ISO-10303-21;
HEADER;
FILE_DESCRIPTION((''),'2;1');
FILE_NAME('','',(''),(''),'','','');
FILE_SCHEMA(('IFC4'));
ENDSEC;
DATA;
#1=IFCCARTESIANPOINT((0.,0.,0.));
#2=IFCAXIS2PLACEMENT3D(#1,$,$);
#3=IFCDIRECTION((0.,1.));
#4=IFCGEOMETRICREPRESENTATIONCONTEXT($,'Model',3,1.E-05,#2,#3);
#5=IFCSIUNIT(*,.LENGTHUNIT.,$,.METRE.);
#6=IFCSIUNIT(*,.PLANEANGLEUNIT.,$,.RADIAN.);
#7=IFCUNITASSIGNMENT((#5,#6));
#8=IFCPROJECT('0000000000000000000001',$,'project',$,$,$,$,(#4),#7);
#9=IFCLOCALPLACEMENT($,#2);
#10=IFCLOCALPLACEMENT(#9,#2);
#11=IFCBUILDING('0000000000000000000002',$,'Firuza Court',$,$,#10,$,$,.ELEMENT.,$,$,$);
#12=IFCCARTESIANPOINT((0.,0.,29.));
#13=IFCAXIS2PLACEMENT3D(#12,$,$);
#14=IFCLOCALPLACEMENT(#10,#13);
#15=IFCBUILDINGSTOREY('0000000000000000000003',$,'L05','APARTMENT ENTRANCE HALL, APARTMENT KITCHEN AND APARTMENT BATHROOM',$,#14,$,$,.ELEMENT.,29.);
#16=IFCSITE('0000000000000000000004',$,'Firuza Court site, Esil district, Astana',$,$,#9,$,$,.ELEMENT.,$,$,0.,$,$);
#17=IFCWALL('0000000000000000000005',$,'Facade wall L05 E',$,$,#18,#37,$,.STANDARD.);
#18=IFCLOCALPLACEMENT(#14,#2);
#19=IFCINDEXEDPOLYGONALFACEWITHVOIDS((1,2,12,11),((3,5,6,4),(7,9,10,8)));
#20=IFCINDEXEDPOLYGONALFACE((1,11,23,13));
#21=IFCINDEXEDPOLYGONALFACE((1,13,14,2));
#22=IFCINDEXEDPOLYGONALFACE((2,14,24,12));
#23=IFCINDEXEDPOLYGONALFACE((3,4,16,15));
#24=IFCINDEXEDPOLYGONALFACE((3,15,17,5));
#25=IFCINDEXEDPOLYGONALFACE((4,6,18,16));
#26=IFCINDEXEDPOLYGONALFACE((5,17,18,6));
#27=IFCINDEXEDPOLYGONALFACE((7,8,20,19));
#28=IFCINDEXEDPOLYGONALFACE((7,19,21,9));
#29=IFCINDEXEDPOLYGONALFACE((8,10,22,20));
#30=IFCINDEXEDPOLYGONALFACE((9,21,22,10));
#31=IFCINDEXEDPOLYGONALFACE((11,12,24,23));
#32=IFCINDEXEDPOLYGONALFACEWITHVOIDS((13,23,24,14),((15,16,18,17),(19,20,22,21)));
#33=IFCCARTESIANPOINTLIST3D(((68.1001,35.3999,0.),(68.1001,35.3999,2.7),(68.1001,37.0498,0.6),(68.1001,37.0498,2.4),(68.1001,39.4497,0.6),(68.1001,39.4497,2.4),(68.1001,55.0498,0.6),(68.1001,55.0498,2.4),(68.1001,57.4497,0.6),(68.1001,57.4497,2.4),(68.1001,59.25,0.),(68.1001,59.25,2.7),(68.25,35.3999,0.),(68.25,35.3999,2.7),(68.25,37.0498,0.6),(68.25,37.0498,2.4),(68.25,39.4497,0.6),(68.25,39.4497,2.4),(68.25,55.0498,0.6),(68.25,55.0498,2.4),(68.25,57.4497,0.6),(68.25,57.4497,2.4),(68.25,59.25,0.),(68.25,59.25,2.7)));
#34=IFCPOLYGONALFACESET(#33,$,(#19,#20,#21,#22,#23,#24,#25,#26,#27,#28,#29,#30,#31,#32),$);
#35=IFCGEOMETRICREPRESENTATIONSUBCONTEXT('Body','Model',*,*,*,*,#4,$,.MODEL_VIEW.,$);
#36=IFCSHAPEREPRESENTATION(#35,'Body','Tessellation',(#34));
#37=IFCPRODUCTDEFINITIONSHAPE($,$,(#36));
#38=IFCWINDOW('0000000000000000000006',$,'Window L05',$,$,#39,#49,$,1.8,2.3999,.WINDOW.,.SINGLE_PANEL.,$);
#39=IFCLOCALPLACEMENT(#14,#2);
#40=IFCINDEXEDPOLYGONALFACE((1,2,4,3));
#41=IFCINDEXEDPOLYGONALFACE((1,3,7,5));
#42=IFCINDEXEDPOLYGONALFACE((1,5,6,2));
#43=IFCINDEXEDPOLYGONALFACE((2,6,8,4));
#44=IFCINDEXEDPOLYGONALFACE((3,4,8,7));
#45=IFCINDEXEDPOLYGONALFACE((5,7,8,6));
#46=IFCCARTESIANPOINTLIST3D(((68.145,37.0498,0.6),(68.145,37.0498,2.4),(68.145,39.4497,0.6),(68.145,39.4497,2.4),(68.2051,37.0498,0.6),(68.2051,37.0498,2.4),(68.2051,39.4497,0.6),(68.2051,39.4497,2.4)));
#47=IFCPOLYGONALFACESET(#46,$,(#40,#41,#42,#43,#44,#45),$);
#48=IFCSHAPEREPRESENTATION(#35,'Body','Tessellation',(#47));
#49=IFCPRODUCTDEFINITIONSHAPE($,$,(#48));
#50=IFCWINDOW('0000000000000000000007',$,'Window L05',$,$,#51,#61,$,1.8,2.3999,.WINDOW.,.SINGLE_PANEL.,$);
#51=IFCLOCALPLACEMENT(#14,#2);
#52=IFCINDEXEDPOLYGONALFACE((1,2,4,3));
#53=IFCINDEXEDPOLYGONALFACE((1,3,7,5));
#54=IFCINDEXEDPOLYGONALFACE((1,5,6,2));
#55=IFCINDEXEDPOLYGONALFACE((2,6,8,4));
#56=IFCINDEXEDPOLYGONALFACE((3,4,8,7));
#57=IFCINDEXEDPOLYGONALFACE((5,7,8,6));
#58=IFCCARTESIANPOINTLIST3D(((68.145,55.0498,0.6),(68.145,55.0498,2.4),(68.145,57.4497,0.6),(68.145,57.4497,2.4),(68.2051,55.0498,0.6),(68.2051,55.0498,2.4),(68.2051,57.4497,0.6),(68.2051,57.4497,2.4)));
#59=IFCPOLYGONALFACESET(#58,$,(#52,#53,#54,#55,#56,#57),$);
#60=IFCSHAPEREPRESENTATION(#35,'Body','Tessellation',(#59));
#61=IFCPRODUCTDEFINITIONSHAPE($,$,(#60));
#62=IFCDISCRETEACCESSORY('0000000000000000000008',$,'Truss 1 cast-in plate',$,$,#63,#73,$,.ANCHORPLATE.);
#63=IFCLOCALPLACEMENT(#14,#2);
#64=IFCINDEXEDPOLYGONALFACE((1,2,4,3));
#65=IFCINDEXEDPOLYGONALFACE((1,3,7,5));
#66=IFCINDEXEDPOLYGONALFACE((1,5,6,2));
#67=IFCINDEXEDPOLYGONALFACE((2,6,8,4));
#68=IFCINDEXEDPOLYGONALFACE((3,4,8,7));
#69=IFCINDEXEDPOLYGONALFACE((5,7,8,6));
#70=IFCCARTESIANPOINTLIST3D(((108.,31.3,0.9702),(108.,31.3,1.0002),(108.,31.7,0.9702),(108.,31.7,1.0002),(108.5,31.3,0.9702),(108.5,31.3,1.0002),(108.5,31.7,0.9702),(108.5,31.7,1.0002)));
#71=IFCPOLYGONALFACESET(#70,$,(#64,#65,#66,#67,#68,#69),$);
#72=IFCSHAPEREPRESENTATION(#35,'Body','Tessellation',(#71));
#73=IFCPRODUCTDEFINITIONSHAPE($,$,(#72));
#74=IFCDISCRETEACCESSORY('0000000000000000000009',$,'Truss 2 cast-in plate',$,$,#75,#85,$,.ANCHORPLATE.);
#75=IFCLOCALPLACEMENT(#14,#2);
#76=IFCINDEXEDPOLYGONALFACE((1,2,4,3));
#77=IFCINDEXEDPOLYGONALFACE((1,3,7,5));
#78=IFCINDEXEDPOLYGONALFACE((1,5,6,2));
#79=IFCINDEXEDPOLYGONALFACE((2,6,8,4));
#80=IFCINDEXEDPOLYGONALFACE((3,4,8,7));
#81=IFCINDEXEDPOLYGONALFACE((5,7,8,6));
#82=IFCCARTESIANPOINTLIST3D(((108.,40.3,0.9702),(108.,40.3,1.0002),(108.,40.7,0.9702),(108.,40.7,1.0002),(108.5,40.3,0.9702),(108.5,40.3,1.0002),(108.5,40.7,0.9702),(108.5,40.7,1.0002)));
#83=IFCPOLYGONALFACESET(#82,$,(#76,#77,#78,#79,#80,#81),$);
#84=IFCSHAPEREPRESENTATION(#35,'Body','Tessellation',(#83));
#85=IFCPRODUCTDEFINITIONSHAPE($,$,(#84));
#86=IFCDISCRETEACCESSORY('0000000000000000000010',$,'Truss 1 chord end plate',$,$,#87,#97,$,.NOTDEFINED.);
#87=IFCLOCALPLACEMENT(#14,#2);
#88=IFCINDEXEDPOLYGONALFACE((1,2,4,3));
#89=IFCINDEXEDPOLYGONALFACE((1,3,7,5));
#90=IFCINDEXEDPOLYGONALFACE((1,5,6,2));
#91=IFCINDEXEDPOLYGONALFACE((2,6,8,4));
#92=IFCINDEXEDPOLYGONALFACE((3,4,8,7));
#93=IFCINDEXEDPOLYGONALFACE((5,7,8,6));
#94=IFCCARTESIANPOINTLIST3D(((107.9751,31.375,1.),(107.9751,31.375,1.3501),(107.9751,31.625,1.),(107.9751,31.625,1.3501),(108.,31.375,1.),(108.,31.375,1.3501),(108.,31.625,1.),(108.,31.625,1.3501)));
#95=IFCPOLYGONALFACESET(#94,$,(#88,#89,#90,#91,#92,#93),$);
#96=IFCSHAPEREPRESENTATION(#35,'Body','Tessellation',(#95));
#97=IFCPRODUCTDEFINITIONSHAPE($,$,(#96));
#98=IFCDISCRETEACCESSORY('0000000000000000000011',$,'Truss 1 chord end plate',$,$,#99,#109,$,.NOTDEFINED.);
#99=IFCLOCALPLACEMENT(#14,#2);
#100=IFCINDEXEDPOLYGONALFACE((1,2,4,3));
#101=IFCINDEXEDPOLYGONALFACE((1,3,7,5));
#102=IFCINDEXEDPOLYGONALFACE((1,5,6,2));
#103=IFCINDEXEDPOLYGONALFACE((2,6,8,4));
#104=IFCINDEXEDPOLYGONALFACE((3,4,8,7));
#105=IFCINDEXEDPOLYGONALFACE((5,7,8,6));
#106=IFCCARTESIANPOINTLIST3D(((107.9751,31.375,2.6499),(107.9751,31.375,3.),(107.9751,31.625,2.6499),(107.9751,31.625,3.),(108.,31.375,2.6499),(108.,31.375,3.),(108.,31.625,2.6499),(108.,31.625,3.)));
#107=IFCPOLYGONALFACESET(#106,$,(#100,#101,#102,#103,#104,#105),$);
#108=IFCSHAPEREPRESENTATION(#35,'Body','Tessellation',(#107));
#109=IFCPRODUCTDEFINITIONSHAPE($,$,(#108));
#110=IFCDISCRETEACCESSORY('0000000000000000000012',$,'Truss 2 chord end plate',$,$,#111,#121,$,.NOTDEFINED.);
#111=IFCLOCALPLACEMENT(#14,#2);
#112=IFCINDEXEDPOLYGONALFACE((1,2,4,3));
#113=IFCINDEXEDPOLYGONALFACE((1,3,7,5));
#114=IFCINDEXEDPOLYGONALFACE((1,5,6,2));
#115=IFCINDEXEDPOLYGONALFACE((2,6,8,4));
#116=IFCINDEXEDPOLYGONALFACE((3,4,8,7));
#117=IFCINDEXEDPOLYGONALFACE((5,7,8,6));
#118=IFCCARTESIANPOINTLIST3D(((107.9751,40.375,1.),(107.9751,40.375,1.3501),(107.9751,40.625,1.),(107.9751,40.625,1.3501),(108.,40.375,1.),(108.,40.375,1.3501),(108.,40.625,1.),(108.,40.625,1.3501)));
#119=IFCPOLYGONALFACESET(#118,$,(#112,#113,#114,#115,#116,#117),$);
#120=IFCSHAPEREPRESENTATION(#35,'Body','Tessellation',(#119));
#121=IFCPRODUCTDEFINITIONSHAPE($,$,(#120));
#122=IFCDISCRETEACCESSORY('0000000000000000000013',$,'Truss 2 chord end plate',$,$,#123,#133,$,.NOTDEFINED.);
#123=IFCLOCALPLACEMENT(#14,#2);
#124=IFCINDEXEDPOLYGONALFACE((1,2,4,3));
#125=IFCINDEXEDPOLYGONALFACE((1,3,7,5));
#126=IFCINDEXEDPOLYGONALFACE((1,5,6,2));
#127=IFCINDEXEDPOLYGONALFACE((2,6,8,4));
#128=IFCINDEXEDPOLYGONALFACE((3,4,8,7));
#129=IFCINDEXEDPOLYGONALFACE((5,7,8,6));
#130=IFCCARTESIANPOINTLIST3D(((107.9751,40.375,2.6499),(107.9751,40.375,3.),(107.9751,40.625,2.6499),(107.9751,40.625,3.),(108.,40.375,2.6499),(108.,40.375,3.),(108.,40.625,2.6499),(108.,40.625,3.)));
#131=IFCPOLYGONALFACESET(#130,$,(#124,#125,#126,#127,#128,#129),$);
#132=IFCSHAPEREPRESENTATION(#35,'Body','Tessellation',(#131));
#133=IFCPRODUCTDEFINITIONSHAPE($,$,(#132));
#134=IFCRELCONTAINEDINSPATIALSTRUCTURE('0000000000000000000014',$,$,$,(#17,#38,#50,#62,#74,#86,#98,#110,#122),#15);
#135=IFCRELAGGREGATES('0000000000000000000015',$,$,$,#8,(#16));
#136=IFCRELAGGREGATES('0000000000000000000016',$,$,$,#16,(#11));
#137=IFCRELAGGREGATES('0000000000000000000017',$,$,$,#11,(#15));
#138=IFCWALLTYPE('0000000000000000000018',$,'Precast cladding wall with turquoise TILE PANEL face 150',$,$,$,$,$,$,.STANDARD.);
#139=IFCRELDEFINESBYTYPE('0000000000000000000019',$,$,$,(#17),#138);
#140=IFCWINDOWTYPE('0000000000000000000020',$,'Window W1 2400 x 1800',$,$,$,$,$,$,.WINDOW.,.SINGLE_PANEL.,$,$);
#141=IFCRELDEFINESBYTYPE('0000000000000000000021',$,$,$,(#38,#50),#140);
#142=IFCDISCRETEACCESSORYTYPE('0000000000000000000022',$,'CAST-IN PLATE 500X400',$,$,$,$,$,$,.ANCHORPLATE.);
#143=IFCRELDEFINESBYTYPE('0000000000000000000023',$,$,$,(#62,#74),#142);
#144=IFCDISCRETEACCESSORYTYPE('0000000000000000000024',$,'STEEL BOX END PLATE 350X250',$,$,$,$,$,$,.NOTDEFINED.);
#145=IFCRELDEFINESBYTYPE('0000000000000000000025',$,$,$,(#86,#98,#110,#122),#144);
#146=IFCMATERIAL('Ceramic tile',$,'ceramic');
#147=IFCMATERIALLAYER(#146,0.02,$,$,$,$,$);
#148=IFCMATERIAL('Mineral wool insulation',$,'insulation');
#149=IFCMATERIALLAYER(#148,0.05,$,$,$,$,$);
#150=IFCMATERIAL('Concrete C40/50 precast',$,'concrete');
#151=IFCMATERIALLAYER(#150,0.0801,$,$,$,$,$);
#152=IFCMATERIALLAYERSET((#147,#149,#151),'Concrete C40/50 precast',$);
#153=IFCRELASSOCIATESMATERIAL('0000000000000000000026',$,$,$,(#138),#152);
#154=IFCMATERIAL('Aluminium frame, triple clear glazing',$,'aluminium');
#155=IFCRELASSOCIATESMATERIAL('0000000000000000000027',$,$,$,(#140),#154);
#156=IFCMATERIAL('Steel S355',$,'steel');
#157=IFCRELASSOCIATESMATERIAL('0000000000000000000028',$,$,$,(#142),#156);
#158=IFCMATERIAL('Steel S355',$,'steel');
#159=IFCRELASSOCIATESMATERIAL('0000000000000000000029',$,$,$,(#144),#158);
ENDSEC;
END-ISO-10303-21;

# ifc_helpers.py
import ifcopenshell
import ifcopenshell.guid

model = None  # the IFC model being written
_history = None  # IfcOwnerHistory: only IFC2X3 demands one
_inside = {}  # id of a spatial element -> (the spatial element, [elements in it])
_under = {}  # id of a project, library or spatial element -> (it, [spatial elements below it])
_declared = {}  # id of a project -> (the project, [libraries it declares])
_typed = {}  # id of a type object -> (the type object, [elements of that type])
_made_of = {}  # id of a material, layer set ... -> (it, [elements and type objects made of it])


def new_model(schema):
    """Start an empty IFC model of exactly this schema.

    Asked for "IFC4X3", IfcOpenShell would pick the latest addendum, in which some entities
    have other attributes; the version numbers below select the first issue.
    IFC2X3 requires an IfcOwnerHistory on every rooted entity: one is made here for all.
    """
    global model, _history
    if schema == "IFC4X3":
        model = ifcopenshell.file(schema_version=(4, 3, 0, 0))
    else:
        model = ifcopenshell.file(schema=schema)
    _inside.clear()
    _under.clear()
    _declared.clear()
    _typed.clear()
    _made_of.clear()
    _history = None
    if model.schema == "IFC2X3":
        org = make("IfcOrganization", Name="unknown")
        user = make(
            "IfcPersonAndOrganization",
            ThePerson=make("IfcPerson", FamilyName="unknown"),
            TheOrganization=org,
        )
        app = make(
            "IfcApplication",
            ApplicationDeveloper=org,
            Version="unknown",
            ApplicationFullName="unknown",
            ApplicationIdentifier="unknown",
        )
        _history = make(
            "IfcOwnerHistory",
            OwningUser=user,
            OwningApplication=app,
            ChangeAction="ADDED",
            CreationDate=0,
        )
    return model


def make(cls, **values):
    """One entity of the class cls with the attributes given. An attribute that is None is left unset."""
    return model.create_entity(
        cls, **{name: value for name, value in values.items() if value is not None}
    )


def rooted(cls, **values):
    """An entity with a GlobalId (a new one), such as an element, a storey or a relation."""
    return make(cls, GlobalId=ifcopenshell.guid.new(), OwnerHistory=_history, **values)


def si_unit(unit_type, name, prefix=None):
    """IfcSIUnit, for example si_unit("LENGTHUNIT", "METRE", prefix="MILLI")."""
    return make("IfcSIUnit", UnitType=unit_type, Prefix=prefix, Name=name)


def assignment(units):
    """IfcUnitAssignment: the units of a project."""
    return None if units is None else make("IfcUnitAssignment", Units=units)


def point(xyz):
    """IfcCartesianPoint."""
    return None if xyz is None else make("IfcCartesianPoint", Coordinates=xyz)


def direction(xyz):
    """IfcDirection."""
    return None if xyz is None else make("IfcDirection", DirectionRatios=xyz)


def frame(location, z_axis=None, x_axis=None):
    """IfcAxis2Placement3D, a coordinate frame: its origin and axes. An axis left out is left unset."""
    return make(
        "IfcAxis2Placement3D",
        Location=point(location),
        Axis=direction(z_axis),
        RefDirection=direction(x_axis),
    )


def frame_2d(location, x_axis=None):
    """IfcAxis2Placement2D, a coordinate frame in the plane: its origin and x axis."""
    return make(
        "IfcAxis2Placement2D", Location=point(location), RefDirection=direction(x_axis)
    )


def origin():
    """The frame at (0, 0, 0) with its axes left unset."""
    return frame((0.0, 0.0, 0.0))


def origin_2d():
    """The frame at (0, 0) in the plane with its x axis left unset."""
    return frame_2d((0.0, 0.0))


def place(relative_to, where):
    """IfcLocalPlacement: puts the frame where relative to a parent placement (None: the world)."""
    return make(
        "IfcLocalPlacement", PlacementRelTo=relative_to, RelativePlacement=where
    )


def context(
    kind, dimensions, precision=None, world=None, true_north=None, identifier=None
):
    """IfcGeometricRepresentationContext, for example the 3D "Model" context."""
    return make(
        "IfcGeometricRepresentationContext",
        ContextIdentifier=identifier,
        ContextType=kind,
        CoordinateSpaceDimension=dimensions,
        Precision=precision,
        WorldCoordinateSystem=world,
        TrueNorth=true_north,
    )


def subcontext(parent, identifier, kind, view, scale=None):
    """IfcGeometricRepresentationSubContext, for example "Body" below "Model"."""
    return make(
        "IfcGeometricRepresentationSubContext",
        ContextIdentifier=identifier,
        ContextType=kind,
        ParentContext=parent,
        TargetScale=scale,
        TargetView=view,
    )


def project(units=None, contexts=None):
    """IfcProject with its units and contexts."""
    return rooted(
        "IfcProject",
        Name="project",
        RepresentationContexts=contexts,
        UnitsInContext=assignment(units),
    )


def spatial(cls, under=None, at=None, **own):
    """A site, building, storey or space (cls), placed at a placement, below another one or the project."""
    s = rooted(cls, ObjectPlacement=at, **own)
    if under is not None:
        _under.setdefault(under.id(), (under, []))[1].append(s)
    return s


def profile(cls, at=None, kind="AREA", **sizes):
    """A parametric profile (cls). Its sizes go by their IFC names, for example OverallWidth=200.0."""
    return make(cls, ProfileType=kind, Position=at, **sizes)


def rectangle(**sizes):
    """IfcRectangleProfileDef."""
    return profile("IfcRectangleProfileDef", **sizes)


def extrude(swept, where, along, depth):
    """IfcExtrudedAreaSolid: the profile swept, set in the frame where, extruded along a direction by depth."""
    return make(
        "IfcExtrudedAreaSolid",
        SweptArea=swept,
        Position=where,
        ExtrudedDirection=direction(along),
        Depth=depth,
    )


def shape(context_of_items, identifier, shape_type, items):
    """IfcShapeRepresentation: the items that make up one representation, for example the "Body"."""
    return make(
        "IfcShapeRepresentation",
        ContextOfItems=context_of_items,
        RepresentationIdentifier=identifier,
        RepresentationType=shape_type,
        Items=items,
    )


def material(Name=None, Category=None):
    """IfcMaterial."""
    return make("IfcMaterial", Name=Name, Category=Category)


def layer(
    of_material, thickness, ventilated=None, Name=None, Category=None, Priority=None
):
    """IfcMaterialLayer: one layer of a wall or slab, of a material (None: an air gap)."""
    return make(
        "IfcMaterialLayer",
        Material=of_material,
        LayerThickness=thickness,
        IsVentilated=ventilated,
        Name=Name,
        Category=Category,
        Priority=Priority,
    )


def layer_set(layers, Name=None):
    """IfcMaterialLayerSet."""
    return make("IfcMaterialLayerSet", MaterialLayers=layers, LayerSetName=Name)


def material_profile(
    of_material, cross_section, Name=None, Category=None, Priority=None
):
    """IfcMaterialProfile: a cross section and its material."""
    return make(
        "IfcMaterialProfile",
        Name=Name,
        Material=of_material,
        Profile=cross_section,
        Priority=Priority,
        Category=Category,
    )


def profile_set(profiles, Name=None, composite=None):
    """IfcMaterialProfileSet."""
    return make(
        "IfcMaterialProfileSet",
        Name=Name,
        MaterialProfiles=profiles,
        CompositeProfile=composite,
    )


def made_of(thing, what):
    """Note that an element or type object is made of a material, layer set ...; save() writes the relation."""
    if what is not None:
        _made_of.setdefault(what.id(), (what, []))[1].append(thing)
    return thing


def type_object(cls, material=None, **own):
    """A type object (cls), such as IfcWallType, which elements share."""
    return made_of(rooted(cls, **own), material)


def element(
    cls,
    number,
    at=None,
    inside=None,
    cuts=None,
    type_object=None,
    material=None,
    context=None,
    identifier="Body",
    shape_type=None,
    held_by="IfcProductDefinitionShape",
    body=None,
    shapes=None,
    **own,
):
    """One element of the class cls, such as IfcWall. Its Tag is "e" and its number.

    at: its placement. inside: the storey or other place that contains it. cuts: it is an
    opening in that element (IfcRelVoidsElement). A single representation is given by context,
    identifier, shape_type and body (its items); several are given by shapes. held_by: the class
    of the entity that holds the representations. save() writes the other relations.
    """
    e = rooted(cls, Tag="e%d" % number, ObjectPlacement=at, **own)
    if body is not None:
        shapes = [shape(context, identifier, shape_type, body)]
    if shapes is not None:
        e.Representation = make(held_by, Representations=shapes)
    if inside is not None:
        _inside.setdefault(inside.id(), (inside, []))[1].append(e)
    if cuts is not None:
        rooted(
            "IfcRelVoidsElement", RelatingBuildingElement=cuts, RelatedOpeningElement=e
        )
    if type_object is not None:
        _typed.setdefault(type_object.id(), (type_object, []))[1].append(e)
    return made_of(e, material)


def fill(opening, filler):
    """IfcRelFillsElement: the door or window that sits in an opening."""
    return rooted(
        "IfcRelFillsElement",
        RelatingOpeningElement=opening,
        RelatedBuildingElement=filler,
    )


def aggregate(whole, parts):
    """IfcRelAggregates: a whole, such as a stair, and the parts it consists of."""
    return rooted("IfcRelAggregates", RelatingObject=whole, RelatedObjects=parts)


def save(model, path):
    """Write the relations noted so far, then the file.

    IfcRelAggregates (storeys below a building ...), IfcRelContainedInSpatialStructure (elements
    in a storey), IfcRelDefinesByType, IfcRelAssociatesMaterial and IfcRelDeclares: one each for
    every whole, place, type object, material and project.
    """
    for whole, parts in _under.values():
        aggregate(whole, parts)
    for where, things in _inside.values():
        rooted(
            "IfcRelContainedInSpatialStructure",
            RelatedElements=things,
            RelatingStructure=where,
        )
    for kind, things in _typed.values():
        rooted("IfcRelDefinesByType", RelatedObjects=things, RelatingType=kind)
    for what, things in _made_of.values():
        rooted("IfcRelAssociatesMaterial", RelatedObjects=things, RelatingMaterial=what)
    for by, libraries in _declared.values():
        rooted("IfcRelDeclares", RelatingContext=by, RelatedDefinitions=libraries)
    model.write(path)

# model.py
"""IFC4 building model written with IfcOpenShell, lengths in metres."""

from ifc_helpers import new_model, si_unit, direction, frame, frame_2d, origin, origin_2d, place, context, subcontext, project, spatial, rectangle, extrude, material, layer, layer_set, material_profile, profile_set, type_object, element, fill, save


model = new_model("IFC4")

# Units and contexts
model_context = context("Model", 3, precision=1e-05, world=origin(), true_north=direction((0.0, 1.0)))
body_context = subcontext(model_context, "Body", "Model", "MODEL_VIEW")
ifc_project = project(units=[si_unit("LENGTHUNIT", "METRE"), si_unit("PLANEANGLEUNIT", "RADIAN")], contexts=[model_context])

# Site, building, storey
site_placement = place(None, origin())
site = spatial("IfcSite", under=ifc_project, at=site_placement, Name="Firuza Court site, Esil district, Astana", CompositionType="ELEMENT", RefElevation=0.0)
building_placement = place(site_placement, origin())
building = spatial("IfcBuilding", under=site, at=building_placement, Name="Firuza Court", CompositionType="ELEMENT")
storey_placement = place(building_placement, frame((0.0, 0.0, 29.0)))
storey = spatial("IfcBuildingStorey", under=building, at=storey_placement, Name="L05", Description="APARTMENT ENTRANCE HALL, APARTMENT KITCHEN AND APARTMENT BATHROOM", CompositionType="ELEMENT", Elevation=29.0)

# Wall, openings, windows
ifc_material_1 = material(Name="Ceramic tile", Category="ceramic")
ifc_layer_1 = layer(ifc_material_1, 0.02)
ifc_material_2 = material(Name="Mineral wool insulation", Category="insulation")
ifc_layer_2 = layer(ifc_material_2, 0.05)
ifc_material_3 = material(Name="Concrete C40/50 precast", Category="concrete")
ifc_layer_3 = layer(ifc_material_3, 0.0801)
ifc_layer_set = layer_set([ifc_layer_1, ifc_layer_2, ifc_layer_3], Name="Concrete C40/50 precast")
wall_type = type_object("IfcWallType", Name="Precast cladding wall with turquoise TILE PANEL face 150", PredefinedType="STANDARD", material=ifc_layer_set)
wall_placement = place(storey_placement, frame((68.175, 35.3999, 0.0), z_axis=(0.0, 0.0, 1.0), x_axis=(0.0, 1.0, 0.0)))
wall = element("IfcWall", 1, at=wall_placement, inside=storey, type_object=wall_type, Name="Facade wall L05 E", PredefinedType="STANDARD", context=body_context, shape_type="SweptSolid", body=[
    extrude(rectangle(XDim=23.8501, YDim=0.1499, at=frame_2d((11.925, 0.0))), origin(), (0.0, 0.0, 1.0), 2.7),
])
opening_1_placement = place(wall_placement, frame((1.6499, 0.0, 0.6001)))
opening_1 = element("IfcOpeningElement", 2, at=opening_1_placement, cuts=wall, PredefinedType="OPENING", context=body_context, shape_type="SweptSolid", body=[
    extrude(rectangle(XDim=2.3999, YDim=1.8, at=frame_2d((1.2, 0.8999))), frame((0.0, 0.0869, 0.0), z_axis=(0.0, -1.0, 0.0), x_axis=(1.0, 0.0, 0.0)), (0.0, 0.0, 1.0), 0.1738),
])
opening_2_placement = place(wall_placement, frame((19.6499, 0.0, 0.6001)))
opening_2 = element("IfcOpeningElement", 3, at=opening_2_placement, cuts=wall, PredefinedType="OPENING", context=body_context, shape_type="SweptSolid", body=[
    extrude(rectangle(XDim=2.3999, YDim=1.8, at=frame_2d((1.2, 0.8999))), frame((0.0, 0.0869, 0.0), z_axis=(0.0, -1.0, 0.0), x_axis=(1.0, 0.0, 0.0)), (0.0, 0.0, 1.0), 0.1738),
])
ifc_material_4 = material(Name="Aluminium frame, triple clear glazing", Category="aluminium")
window_type = type_object("IfcWindowType", Name="Window W1 2400 x 1800", PartitioningType="SINGLE_PANEL", PredefinedType="WINDOW", material=ifc_material_4)
window_1_placement = place(opening_1_placement, origin())
window_1 = element("IfcWindow", 4, at=window_1_placement, inside=storey, type_object=window_type, Name="Window L05", OverallHeight=1.8, OverallWidth=2.3999, PartitioningType="SINGLE_PANEL", PredefinedType="WINDOW", context=body_context, shape_type="SweptSolid", body=[
    extrude(rectangle(XDim=2.3999, YDim=1.8, at=frame_2d((1.2, 0.8999))), frame((0.0, 0.03, 0.0), z_axis=(0.0, -1.0, 0.0), x_axis=(1.0, 0.0, 0.0)), (0.0, 0.0, 1.0), 0.0601),
])
fill(opening_1, window_1)
window_2_placement = place(opening_2_placement, origin())
window_2 = element("IfcWindow", 5, at=window_2_placement, inside=storey, type_object=window_type, Name="Window L05", OverallHeight=1.8, OverallWidth=2.3999, PartitioningType="SINGLE_PANEL", PredefinedType="WINDOW", context=body_context, shape_type="SweptSolid", body=[
    extrude(rectangle(XDim=2.3999, YDim=1.8, at=frame_2d((1.2, 0.8999))), frame((0.0, 0.03, 0.0), z_axis=(0.0, -1.0, 0.0), x_axis=(1.0, 0.0, 0.0)), (0.0, 0.0, 1.0), 0.0601),
])
fill(opening_2, window_2)

# Discrete accessories
ifc_material_5 = material(Name="Steel S355", Category="steel")
discrete_accessory_type_1 = type_object("IfcDiscreteAccessoryType", Name="CAST-IN PLATE 500X400", PredefinedType="ANCHORPLATE", material=ifc_material_5)
for number, where, z_axis, x_axis, name in (
    (6, (108.25, 31.5, 0.9702), (0.0, 0.0, 1.0), (1.0, 0.0, 0.0), "Truss 1 cast-in plate"),
    (7, (108.25, 40.5, 0.9702), (0.0, 0.0, 1.0), (1.0, 0.0, 0.0), "Truss 2 cast-in plate"),
):
    element("IfcDiscreteAccessory", number, at=place(storey_placement, frame(where, z_axis=z_axis, x_axis=x_axis)), inside=storey, type_object=discrete_accessory_type_1, Name=name, PredefinedType="ANCHORPLATE", context=body_context, shape_type="SweptSolid", body=[
        extrude(rectangle(XDim=0.5, YDim=0.3999, at=origin_2d()), origin(), (0.0, 0.0, 1.0), 0.03),
    ])
ifc_material_6 = material(Name="Steel S355", Category="steel")
ifc_material_profile_1 = material_profile(ifc_material_6, rectangle(XDim=0.25, YDim=0.3501, at=origin_2d()), Name="PL 250X350")
ifc_profile_set_1 = profile_set([ifc_material_profile_1], Name="Steel S355")
discrete_accessory_type_2 = type_object("IfcDiscreteAccessoryType", Name="STEEL BOX END PLATE 350X250", PredefinedType="NOTDEFINED", material=ifc_profile_set_1)
for number, where, z_axis, x_axis, name in (
    (8, (107.9751, 31.5, 1.175), (1.0, 0.0, 0.0), (0.0, 1.0, 0.0), "Truss 1 chord end plate"),
    (9, (107.9751, 31.5, 2.825), (1.0, 0.0, 0.0), (0.0, 1.0, 0.0), "Truss 1 chord end plate"),
    (10, (107.9751, 40.5, 1.175), (1.0, 0.0, 0.0), (0.0, 1.0, 0.0), "Truss 2 chord end plate"),
    (11, (107.9751, 40.5, 2.825), (1.0, 0.0, 0.0), (0.0, 1.0, 0.0), "Truss 2 chord end plate"),
):
    element("IfcDiscreteAccessory", number, at=place(storey_placement, frame(where, z_axis=z_axis, x_axis=x_axis)), inside=storey, type_object=discrete_accessory_type_2, Name=name, PredefinedType="NOTDEFINED", context=body_context, shape_type="SweptSolid", body=[
        extrude(rectangle(XDim=0.25, YDim=0.3501, at=origin_2d()), origin(), (0.0, 0.0, 1.0), 0.0249),
    ])

save(model, "model.ifc")
